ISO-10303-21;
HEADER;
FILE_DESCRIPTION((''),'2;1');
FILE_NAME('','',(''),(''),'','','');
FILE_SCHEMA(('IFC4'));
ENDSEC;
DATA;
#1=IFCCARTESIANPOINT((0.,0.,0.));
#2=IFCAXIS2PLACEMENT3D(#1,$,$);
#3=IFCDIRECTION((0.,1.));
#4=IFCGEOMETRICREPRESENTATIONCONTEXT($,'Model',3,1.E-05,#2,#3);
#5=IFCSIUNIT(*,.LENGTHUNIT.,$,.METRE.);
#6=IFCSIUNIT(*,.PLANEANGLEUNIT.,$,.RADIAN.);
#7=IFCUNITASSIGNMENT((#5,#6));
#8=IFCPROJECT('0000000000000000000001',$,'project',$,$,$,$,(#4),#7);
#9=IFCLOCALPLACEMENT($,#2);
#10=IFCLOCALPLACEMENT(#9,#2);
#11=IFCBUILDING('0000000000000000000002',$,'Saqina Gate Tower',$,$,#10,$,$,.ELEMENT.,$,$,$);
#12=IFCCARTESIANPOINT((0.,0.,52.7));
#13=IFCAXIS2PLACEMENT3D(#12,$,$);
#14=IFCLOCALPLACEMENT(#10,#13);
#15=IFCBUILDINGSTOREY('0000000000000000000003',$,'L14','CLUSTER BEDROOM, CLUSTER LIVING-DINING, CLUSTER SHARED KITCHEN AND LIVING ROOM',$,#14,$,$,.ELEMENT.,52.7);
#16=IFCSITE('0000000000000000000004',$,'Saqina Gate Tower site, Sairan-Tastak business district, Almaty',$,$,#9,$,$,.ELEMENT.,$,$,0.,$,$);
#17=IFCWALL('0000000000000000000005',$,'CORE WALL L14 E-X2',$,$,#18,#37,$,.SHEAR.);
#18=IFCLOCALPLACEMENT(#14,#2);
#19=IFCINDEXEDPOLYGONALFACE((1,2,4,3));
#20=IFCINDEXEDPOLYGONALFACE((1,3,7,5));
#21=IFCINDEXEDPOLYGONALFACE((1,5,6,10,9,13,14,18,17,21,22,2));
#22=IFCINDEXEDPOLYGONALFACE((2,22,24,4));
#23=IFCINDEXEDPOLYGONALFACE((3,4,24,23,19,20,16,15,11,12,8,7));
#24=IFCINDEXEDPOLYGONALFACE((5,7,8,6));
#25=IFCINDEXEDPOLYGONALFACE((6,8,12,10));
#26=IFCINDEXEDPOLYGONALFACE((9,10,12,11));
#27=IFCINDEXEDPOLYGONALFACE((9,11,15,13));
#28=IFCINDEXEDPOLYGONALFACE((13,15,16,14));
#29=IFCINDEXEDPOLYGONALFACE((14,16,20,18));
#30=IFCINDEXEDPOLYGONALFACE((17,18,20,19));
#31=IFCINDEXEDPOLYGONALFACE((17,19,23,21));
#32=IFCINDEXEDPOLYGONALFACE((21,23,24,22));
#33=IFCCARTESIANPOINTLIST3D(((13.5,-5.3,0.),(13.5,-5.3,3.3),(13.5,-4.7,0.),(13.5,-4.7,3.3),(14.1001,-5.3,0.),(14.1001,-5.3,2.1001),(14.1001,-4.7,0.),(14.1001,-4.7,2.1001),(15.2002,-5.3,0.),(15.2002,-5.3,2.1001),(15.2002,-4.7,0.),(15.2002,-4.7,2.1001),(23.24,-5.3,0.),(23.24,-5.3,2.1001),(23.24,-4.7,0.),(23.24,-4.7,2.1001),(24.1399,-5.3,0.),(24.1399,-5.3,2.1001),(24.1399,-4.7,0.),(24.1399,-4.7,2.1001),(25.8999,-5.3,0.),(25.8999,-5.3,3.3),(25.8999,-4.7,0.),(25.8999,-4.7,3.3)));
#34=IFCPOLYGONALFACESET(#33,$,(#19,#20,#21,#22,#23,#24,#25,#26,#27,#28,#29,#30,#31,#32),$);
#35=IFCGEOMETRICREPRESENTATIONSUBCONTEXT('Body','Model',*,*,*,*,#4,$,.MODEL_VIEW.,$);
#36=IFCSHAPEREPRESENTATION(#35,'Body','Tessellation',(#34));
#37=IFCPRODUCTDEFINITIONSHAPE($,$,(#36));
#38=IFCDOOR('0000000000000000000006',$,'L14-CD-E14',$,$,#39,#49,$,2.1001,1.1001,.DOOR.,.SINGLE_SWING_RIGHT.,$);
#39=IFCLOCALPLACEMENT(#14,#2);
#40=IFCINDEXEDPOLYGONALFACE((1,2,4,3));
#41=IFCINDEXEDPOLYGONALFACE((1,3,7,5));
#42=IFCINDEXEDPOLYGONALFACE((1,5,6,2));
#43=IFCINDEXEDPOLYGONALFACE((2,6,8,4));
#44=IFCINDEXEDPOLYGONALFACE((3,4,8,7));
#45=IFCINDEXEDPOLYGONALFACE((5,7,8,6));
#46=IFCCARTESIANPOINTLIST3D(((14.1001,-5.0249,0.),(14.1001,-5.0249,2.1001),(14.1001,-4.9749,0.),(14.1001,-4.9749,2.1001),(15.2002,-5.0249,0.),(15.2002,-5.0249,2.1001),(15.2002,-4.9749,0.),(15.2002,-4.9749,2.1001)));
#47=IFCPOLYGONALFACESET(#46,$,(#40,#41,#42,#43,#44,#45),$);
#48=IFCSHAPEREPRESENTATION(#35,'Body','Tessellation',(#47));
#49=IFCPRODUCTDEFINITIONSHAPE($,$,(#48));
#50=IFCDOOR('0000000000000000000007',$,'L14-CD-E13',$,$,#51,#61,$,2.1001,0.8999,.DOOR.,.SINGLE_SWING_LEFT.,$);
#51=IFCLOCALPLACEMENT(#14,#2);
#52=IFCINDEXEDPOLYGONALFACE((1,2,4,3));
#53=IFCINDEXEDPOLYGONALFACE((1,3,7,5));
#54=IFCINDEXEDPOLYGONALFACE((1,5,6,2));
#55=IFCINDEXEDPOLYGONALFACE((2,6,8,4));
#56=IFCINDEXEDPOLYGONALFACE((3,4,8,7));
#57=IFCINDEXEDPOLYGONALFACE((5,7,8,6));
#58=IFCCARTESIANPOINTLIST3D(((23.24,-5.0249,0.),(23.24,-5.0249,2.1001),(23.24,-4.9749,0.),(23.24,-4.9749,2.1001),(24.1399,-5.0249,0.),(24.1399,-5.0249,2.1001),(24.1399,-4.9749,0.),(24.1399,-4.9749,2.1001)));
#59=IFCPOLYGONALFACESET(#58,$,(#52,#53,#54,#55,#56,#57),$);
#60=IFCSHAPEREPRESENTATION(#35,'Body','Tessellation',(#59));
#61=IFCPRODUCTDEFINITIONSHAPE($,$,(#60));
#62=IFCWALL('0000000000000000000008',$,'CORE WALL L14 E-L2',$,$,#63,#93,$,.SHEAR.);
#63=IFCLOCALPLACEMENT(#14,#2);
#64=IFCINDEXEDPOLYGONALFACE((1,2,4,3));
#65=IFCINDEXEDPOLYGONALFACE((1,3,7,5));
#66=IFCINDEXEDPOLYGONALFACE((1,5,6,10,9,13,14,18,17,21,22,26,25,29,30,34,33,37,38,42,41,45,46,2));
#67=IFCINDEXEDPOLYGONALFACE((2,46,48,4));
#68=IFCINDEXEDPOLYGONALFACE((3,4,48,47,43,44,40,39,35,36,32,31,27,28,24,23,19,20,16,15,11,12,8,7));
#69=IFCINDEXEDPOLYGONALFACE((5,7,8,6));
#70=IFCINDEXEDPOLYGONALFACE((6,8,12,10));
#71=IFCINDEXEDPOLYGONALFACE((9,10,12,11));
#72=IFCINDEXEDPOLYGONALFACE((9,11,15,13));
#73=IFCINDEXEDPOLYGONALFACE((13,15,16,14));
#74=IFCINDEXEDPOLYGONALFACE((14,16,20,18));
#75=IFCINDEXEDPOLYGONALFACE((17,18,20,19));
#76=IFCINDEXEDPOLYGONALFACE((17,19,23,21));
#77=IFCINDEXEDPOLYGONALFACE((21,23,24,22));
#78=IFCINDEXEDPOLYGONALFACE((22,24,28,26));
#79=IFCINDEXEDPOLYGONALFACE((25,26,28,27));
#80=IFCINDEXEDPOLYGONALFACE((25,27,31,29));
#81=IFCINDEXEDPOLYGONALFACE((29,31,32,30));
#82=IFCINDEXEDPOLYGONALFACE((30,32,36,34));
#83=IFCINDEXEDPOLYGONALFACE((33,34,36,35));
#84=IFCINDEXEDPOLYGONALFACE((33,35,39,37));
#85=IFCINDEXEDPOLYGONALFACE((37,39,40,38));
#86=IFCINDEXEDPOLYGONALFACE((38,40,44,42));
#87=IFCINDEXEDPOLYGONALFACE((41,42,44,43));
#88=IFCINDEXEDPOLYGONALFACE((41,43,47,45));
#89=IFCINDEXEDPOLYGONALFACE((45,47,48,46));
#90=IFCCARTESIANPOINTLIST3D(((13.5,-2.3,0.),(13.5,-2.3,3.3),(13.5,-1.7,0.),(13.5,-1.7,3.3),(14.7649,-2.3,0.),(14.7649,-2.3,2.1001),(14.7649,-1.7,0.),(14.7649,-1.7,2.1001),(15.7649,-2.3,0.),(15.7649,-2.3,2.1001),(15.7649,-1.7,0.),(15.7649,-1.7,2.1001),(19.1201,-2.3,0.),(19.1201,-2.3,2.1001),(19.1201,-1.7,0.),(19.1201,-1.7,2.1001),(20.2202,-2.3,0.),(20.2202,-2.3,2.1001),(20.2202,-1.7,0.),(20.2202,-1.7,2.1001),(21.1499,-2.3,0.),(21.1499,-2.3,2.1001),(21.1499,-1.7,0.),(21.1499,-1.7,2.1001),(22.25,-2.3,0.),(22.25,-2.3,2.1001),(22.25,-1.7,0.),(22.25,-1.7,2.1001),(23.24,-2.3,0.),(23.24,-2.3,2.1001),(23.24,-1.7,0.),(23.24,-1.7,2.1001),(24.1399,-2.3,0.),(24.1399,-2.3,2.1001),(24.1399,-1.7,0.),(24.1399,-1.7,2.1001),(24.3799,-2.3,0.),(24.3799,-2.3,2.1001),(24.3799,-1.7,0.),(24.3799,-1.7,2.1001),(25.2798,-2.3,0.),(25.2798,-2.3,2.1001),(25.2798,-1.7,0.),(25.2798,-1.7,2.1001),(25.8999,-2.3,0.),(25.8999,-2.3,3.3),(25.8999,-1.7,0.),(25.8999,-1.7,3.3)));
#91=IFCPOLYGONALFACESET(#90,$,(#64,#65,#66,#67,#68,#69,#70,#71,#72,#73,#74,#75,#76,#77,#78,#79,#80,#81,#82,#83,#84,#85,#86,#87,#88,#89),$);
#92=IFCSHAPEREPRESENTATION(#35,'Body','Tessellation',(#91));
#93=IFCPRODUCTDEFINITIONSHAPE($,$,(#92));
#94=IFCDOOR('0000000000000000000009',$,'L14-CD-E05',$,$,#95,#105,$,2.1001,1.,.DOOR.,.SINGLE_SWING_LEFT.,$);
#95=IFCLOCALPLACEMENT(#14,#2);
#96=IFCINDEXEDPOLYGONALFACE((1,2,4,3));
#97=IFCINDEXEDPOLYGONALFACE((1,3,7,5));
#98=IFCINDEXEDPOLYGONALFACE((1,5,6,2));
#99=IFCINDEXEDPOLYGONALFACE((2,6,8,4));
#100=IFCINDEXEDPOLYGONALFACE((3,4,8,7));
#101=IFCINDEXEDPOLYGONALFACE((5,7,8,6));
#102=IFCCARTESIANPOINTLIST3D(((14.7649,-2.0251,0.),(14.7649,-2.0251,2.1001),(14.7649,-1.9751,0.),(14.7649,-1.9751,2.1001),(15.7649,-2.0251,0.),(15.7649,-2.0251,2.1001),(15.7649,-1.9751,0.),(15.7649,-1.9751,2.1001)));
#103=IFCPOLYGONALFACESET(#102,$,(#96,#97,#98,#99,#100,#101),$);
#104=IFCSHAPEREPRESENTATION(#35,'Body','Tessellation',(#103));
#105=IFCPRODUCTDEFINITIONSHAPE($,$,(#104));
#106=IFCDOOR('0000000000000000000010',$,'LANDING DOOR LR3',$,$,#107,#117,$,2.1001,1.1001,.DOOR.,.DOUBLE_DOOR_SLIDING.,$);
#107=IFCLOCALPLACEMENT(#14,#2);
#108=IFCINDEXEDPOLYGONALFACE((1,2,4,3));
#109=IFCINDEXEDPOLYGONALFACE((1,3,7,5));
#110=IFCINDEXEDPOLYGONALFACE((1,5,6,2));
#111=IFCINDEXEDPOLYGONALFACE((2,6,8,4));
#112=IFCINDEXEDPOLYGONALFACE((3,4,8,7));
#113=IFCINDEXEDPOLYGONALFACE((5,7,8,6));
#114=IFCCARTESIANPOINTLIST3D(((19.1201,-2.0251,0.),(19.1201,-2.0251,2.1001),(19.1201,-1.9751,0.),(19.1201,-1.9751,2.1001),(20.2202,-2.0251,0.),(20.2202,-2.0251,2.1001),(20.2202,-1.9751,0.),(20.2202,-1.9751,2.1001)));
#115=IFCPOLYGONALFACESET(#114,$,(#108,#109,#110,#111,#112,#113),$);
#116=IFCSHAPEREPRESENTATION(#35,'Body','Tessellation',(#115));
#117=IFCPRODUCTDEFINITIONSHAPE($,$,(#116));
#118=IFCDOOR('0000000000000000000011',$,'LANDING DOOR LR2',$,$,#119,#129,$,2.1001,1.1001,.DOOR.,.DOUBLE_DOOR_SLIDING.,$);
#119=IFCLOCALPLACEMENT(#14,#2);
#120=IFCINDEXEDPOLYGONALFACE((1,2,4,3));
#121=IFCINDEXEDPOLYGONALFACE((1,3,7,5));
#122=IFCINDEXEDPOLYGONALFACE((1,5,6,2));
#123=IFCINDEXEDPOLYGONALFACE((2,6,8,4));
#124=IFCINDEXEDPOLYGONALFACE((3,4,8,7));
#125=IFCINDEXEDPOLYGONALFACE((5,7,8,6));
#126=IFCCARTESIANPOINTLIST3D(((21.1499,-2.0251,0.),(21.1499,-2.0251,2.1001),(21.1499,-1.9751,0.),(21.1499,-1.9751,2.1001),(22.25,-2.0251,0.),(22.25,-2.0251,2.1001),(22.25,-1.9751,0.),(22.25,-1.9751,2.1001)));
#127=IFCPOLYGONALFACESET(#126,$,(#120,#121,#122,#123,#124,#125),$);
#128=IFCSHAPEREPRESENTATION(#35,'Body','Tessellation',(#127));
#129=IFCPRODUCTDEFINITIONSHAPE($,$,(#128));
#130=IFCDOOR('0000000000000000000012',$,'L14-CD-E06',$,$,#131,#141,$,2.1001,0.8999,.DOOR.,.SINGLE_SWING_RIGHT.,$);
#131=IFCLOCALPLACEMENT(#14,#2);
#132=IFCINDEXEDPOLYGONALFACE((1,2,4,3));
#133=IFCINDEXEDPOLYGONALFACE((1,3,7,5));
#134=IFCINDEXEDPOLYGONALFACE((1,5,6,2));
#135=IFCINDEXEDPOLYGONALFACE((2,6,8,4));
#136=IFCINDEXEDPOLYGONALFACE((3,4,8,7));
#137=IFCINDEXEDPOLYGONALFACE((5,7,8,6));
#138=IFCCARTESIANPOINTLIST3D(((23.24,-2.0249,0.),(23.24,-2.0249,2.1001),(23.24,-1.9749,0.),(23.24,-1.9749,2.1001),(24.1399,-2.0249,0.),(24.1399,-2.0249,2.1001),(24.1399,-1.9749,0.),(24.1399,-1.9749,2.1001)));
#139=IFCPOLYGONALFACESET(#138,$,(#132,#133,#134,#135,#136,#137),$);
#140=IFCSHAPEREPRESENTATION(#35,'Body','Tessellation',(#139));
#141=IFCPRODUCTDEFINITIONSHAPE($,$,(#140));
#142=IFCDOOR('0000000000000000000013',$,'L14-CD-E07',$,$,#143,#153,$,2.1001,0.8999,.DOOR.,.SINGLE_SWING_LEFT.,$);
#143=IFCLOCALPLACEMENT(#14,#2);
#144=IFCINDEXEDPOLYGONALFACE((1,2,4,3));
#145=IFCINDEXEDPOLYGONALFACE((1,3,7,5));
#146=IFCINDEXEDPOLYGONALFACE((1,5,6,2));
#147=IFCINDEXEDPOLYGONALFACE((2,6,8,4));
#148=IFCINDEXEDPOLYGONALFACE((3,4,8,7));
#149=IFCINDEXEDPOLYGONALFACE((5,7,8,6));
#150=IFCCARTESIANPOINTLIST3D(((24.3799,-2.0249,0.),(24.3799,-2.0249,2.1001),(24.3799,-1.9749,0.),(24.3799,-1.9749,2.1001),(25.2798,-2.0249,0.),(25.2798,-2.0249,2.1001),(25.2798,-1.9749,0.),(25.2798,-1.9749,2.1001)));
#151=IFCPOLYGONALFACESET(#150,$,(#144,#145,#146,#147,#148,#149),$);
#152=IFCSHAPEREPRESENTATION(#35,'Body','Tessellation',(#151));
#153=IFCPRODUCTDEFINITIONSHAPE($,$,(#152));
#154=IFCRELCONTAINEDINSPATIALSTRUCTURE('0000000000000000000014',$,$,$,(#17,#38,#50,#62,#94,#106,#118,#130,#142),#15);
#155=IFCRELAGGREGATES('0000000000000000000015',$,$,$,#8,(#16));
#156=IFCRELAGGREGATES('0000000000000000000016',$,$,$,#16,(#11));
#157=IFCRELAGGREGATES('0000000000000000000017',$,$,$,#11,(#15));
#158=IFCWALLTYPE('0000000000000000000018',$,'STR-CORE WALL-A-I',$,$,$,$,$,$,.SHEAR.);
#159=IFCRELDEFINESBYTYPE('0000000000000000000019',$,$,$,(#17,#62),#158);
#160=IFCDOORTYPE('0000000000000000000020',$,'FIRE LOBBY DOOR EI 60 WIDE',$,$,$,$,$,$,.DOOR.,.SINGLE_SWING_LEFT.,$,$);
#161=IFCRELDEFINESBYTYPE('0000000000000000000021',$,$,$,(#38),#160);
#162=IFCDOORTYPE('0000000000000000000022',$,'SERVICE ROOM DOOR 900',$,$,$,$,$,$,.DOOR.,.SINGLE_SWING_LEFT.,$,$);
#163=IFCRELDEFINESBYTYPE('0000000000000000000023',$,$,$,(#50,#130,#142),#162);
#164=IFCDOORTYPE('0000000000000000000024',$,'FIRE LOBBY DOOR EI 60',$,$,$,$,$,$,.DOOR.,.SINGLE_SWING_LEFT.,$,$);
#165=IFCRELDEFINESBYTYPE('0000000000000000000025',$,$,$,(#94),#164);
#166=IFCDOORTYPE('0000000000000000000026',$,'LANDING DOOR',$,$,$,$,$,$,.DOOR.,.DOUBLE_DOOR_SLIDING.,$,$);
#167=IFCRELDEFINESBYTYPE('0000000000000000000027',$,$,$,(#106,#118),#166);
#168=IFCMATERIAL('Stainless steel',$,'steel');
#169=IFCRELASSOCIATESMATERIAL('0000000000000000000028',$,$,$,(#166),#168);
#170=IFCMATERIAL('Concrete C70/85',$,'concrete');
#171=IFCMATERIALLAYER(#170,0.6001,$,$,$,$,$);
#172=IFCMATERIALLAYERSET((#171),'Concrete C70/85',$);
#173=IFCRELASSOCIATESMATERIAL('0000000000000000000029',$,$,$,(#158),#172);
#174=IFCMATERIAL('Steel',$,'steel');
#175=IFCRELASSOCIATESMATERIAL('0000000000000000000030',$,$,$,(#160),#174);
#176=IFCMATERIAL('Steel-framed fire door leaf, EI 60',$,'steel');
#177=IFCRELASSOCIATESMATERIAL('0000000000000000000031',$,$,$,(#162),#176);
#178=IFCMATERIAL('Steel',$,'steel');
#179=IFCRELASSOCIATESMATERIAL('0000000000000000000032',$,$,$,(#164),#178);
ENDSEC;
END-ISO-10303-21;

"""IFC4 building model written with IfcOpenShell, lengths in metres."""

from ifc_helpers import new_model, si_unit, direction, frame, frame_2d, origin, place, context, subcontext, project, spatial, rectangle, extrude, material, layer, layer_set, type_object, element, fill, save


model = new_model("IFC4")

# Units and contexts
model_context = context("Model", 3, precision=1e-05, world=origin(), true_north=direction((0.0, 1.0)))
body_context = subcontext(model_context, "Body", "Model", "MODEL_VIEW")
ifc_project = project(units=[si_unit("LENGTHUNIT", "METRE"), si_unit("PLANEANGLEUNIT", "RADIAN")], contexts=[model_context])

# Site, building, storey
site_placement = place(None, origin())
site = spatial("IfcSite", under=ifc_project, at=site_placement, Name="Saqina Gate Tower site, Sairan-Tastak business district, Almaty", CompositionType="ELEMENT", RefElevation=0.0)
building_placement = place(site_placement, origin())
building = spatial("IfcBuilding", under=site, at=building_placement, Name="Saqina Gate Tower", CompositionType="ELEMENT")
storey_placement = place(building_placement, frame((0.0, 0.0, 52.7)))
storey = spatial("IfcBuildingStorey", under=building, at=storey_placement, Name="L14", Description="CLUSTER BEDROOM, CLUSTER LIVING-DINING, CLUSTER SHARED KITCHEN AND LIVING ROOM", CompositionType="ELEMENT", Elevation=52.7)

# Shared definitions
ifc_material_1 = material(Name="Stainless steel", Category="steel")
door_type_1 = type_object("IfcDoorType", Name="LANDING DOOR", OperationType="DOUBLE_DOOR_SLIDING", PredefinedType="DOOR", material=ifc_material_1)

# Walls, openings, doors
ifc_material_2 = material(Name="Concrete C70/85", Category="concrete")
ifc_layer_1 = layer(ifc_material_2, 0.6001)
ifc_layer_set_1 = layer_set([ifc_layer_1], Name="Concrete C70/85")
wall_type_1 = type_object("IfcWallType", Name="STR-CORE WALL-A-I", PredefinedType="SHEAR", material=ifc_layer_set_1)
wall_1_placement = place(storey_placement, frame((13.5, -5.0, 0.0), z_axis=(0.0, 0.0, 1.0), x_axis=(1.0, 0.0, 0.0)))
wall_1 = element("IfcWall", 1, at=wall_1_placement, inside=storey, type_object=wall_type_1, Name="CORE WALL L14 E-X2", PredefinedType="SHEAR", context=body_context, shape_type="SweptSolid", body=[
    extrude(rectangle(XDim=12.3999, YDim=0.6001, at=frame_2d((6.2, 0.0))), origin(), (0.0, 0.0, 1.0), 3.3),
])
opening_1_placement = place(wall_1_placement, frame((9.74, 0.0, 0.0)))
opening_1 = element("IfcOpeningElement", 2, at=opening_1_placement, cuts=wall_1, PredefinedType="OPENING", context=body_context, shape_type="SweptSolid", body=[
    extrude(rectangle(XDim=0.8999, YDim=2.1001, at=frame_2d((0.45, 1.05))), frame((0.0, 0.312, 0.0), z_axis=(0.0, -1.0, 0.0), x_axis=(1.0, 0.0, 0.0)), (0.0, 0.0, 1.0), 0.624),
])
opening_2_placement = place(wall_1_placement, frame((0.6001, 0.0, 0.0)))
opening_2 = element("IfcOpeningElement", 3, at=opening_2_placement, cuts=wall_1, PredefinedType="OPENING", context=body_context, shape_type="SweptSolid", body=[
    extrude(rectangle(XDim=1.1001, YDim=2.1001, at=frame_2d((0.55, 1.05))), frame((0.0, 0.312, 0.0), z_axis=(0.0, -1.0, 0.0), x_axis=(1.0, 0.0, 0.0)), (0.0, 0.0, 1.0), 0.624),
])
ifc_material_3 = material(Name="Steel", Category="steel")
door_type_2 = type_object("IfcDoorType", Name="FIRE LOBBY DOOR EI 60 WIDE", OperationType="SINGLE_SWING_LEFT", PredefinedType="DOOR", material=ifc_material_3)
door_1_placement = place(opening_2_placement, frame((1.1001, 0.0, 0.0), z_axis=(0.0, 0.0, 1.0), x_axis=(-1.0, 0.0, 0.0)))
door_1 = element("IfcDoor", 4, at=door_1_placement, inside=storey, type_object=door_type_2, Name="L14-CD-E14", OperationType="SINGLE_SWING_RIGHT", OverallHeight=2.1001, OverallWidth=1.1001, PredefinedType="DOOR", context=body_context, shape_type="SweptSolid", body=[
    extrude(rectangle(XDim=1.1001, YDim=2.1001, at=frame_2d((0.55, 1.05))), frame((0.0, 0.0249, 0.0), z_axis=(0.0, -1.0, 0.0), x_axis=(1.0, 0.0, 0.0)), (0.0, 0.0, 1.0), 0.05),
])
fill(opening_2, door_1)
ifc_material_4 = material(Name="Steel-framed fire door leaf, EI 60", Category="steel")
door_type_3 = type_object("IfcDoorType", Name="SERVICE ROOM DOOR 900", OperationType="SINGLE_SWING_LEFT", PredefinedType="DOOR", material=ifc_material_4)
door_2_placement = place(opening_1_placement, frame((0.8999, 0.0, 0.0), z_axis=(0.0, 0.0, 1.0), x_axis=(-1.0, 0.0, 0.0)))
door_2 = element("IfcDoor", 5, at=door_2_placement, inside=storey, type_object=door_type_3, Name="L14-CD-E13", OperationType="SINGLE_SWING_LEFT", OverallHeight=2.1001, OverallWidth=0.8999, PredefinedType="DOOR", context=body_context, shape_type="SweptSolid", body=[
    extrude(rectangle(XDim=0.8999, YDim=2.1001, at=frame_2d((0.45, 1.05))), frame((0.0, 0.0249, 0.0), z_axis=(0.0, -1.0, 0.0), x_axis=(1.0, 0.0, 0.0)), (0.0, 0.0, 1.0), 0.05),
])
fill(opening_1, door_2)
wall_2_placement = place(storey_placement, frame((13.5, -2.0, 0.0), z_axis=(0.0, 0.0, 1.0), x_axis=(1.0, 0.0, 0.0)))
wall_2 = element("IfcWall", 6, at=wall_2_placement, inside=storey, type_object=wall_type_1, Name="CORE WALL L14 E-L2", PredefinedType="SHEAR", context=body_context, shape_type="SweptSolid", body=[
    extrude(rectangle(XDim=12.3999, YDim=0.6001, at=frame_2d((6.2, 0.0))), origin(), (0.0, 0.0, 1.0), 3.3),
])
opening_3_placement = place(wall_2_placement, frame((5.6201, 0.0, 0.0)))
opening_3 = element("IfcOpeningElement", 7, at=opening_3_placement, cuts=wall_2, PredefinedType="OPENING", context=body_context, shape_type="SweptSolid", body=[
    extrude(rectangle(XDim=1.1001, YDim=2.1001, at=frame_2d((0.55, 1.05))), frame((0.0, 0.312, 0.0), z_axis=(0.0, -1.0, 0.0), x_axis=(1.0, 0.0, 0.0)), (0.0, 0.0, 1.0), 0.624),
])
opening_4_placement = place(wall_2_placement, frame((7.6499, 0.0, 0.0)))
opening_4 = element("IfcOpeningElement", 8, at=opening_4_placement, cuts=wall_2, PredefinedType="OPENING", context=body_context, shape_type="SweptSolid", body=[
    extrude(rectangle(XDim=1.1001, YDim=2.1001, at=frame_2d((0.55, 1.05))), frame((0.0, 0.312, 0.0), z_axis=(0.0, -1.0, 0.0), x_axis=(1.0, 0.0, 0.0)), (0.0, 0.0, 1.0), 0.624),
])
opening_5_placement = place(wall_2_placement, frame((1.2649, 0.0, 0.0)))
opening_5 = element("IfcOpeningElement", 9, at=opening_5_placement, cuts=wall_2, PredefinedType="OPENING", context=body_context, shape_type="SweptSolid", body=[
    extrude(rectangle(XDim=1.0, YDim=2.1001, at=frame_2d((0.5, 1.05))), frame((0.0, 0.312, 0.0), z_axis=(0.0, -1.0, 0.0), x_axis=(1.0, 0.0, 0.0)), (0.0, 0.0, 1.0), 0.624),
])
opening_6_placement = place(wall_2_placement, frame((9.74, 0.0, 0.0)))
opening_6 = element("IfcOpeningElement", 10, at=opening_6_placement, cuts=wall_2, PredefinedType="OPENING", context=body_context, shape_type="SweptSolid", body=[
    extrude(rectangle(XDim=0.8999, YDim=2.1001, at=frame_2d((0.45, 1.05))), frame((0.0, 0.312, 0.0), z_axis=(0.0, -1.0, 0.0), x_axis=(1.0, 0.0, 0.0)), (0.0, 0.0, 1.0), 0.624),
])
opening_7_placement = place(wall_2_placement, frame((10.8799, 0.0, 0.0)))
opening_7 = element("IfcOpeningElement", 11, at=opening_7_placement, cuts=wall_2, PredefinedType="OPENING", context=body_context, shape_type="SweptSolid", body=[
    extrude(rectangle(XDim=0.8999, YDim=2.1001, at=frame_2d((0.45, 1.05))), frame((0.0, 0.312, 0.0), z_axis=(0.0, -1.0, 0.0), x_axis=(1.0, 0.0, 0.0)), (0.0, 0.0, 1.0), 0.624),
])
ifc_material_5 = material(Name="Steel", Category="steel")
door_type_4 = type_object("IfcDoorType", Name="FIRE LOBBY DOOR EI 60", OperationType="SINGLE_SWING_LEFT", PredefinedType="DOOR", material=ifc_material_5)
door_3_placement = place(opening_5_placement, origin())
door_3 = element("IfcDoor", 12, at=door_3_placement, inside=storey, type_object=door_type_4, Name="L14-CD-E05", OperationType="SINGLE_SWING_LEFT", OverallHeight=2.1001, OverallWidth=1.0, PredefinedType="DOOR", context=body_context, shape_type="SweptSolid", body=[
    extrude(rectangle(XDim=1.0, YDim=2.1001, at=frame_2d((0.5, 1.05))), frame((0.0, 0.0249, 0.0), z_axis=(0.0, -1.0, 0.0), x_axis=(1.0, 0.0, 0.0)), (0.0, 0.0, 1.0), 0.05),
])
fill(opening_5, door_3)
door_4_placement = place(opening_3_placement, origin())
door_4 = element("IfcDoor", 13, at=door_4_placement, inside=storey, type_object=door_type_1, Name="LANDING DOOR LR3", OperationType="DOUBLE_DOOR_SLIDING", OverallHeight=2.1001, OverallWidth=1.1001, PredefinedType="DOOR", context=body_context, shape_type="SweptSolid", body=[
    extrude(rectangle(XDim=1.1001, YDim=2.1001, at=frame_2d((0.55, 1.05))), frame((0.0, 0.0249, 0.0), z_axis=(0.0, -1.0, 0.0), x_axis=(1.0, 0.0, 0.0)), (0.0, 0.0, 1.0), 0.05),
])
fill(opening_3, door_4)
door_5_placement = place(opening_4_placement, origin())
door_5 = element("IfcDoor", 14, at=door_5_placement, inside=storey, type_object=door_type_1, Name="LANDING DOOR LR2", OperationType="DOUBLE_DOOR_SLIDING", OverallHeight=2.1001, OverallWidth=1.1001, PredefinedType="DOOR", context=body_context, shape_type="SweptSolid", body=[
    extrude(rectangle(XDim=1.1001, YDim=2.1001, at=frame_2d((0.55, 1.05))), frame((0.0, 0.0249, 0.0), z_axis=(0.0, -1.0, 0.0), x_axis=(1.0, 0.0, 0.0)), (0.0, 0.0, 1.0), 0.05),
])
fill(opening_4, door_5)
door_6_placement = place(opening_6_placement, frame((0.8999, 0.0, 0.0), z_axis=(0.0, 0.0, 1.0), x_axis=(-1.0, 0.0, 0.0)))
door_6 = element("IfcDoor", 15, at=door_6_placement, inside=storey, type_object=door_type_3, Name="L14-CD-E06", OperationType="SINGLE_SWING_RIGHT", OverallHeight=2.1001, OverallWidth=0.8999, PredefinedType="DOOR", context=body_context, shape_type="SweptSolid", body=[
    extrude(rectangle(XDim=0.8999, YDim=2.1001, at=frame_2d((0.45, 1.05))), frame((0.0, 0.0249, 0.0), z_axis=(0.0, -1.0, 0.0), x_axis=(1.0, 0.0, 0.0)), (0.0, 0.0, 1.0), 0.05),
])
fill(opening_6, door_6)
door_7_placement = place(opening_7_placement, frame((0.8999, 0.0, 0.0), z_axis=(0.0, 0.0, 1.0), x_axis=(-1.0, 0.0, 0.0)))
door_7 = element("IfcDoor", 16, at=door_7_placement, inside=storey, type_object=door_type_3, Name="L14-CD-E07", OperationType="SINGLE_SWING_LEFT", OverallHeight=2.1001, OverallWidth=0.8999, PredefinedType="DOOR", context=body_context, shape_type="SweptSolid", body=[
    extrude(rectangle(XDim=0.8999, YDim=2.1001, at=frame_2d((0.45, 1.05))), frame((0.0, 0.0249, 0.0), z_axis=(0.0, -1.0, 0.0), x_axis=(1.0, 0.0, 0.0)), (0.0, 0.0, 1.0), 0.05),
])
fill(opening_7, door_7)

save(model, "model.ifc")
